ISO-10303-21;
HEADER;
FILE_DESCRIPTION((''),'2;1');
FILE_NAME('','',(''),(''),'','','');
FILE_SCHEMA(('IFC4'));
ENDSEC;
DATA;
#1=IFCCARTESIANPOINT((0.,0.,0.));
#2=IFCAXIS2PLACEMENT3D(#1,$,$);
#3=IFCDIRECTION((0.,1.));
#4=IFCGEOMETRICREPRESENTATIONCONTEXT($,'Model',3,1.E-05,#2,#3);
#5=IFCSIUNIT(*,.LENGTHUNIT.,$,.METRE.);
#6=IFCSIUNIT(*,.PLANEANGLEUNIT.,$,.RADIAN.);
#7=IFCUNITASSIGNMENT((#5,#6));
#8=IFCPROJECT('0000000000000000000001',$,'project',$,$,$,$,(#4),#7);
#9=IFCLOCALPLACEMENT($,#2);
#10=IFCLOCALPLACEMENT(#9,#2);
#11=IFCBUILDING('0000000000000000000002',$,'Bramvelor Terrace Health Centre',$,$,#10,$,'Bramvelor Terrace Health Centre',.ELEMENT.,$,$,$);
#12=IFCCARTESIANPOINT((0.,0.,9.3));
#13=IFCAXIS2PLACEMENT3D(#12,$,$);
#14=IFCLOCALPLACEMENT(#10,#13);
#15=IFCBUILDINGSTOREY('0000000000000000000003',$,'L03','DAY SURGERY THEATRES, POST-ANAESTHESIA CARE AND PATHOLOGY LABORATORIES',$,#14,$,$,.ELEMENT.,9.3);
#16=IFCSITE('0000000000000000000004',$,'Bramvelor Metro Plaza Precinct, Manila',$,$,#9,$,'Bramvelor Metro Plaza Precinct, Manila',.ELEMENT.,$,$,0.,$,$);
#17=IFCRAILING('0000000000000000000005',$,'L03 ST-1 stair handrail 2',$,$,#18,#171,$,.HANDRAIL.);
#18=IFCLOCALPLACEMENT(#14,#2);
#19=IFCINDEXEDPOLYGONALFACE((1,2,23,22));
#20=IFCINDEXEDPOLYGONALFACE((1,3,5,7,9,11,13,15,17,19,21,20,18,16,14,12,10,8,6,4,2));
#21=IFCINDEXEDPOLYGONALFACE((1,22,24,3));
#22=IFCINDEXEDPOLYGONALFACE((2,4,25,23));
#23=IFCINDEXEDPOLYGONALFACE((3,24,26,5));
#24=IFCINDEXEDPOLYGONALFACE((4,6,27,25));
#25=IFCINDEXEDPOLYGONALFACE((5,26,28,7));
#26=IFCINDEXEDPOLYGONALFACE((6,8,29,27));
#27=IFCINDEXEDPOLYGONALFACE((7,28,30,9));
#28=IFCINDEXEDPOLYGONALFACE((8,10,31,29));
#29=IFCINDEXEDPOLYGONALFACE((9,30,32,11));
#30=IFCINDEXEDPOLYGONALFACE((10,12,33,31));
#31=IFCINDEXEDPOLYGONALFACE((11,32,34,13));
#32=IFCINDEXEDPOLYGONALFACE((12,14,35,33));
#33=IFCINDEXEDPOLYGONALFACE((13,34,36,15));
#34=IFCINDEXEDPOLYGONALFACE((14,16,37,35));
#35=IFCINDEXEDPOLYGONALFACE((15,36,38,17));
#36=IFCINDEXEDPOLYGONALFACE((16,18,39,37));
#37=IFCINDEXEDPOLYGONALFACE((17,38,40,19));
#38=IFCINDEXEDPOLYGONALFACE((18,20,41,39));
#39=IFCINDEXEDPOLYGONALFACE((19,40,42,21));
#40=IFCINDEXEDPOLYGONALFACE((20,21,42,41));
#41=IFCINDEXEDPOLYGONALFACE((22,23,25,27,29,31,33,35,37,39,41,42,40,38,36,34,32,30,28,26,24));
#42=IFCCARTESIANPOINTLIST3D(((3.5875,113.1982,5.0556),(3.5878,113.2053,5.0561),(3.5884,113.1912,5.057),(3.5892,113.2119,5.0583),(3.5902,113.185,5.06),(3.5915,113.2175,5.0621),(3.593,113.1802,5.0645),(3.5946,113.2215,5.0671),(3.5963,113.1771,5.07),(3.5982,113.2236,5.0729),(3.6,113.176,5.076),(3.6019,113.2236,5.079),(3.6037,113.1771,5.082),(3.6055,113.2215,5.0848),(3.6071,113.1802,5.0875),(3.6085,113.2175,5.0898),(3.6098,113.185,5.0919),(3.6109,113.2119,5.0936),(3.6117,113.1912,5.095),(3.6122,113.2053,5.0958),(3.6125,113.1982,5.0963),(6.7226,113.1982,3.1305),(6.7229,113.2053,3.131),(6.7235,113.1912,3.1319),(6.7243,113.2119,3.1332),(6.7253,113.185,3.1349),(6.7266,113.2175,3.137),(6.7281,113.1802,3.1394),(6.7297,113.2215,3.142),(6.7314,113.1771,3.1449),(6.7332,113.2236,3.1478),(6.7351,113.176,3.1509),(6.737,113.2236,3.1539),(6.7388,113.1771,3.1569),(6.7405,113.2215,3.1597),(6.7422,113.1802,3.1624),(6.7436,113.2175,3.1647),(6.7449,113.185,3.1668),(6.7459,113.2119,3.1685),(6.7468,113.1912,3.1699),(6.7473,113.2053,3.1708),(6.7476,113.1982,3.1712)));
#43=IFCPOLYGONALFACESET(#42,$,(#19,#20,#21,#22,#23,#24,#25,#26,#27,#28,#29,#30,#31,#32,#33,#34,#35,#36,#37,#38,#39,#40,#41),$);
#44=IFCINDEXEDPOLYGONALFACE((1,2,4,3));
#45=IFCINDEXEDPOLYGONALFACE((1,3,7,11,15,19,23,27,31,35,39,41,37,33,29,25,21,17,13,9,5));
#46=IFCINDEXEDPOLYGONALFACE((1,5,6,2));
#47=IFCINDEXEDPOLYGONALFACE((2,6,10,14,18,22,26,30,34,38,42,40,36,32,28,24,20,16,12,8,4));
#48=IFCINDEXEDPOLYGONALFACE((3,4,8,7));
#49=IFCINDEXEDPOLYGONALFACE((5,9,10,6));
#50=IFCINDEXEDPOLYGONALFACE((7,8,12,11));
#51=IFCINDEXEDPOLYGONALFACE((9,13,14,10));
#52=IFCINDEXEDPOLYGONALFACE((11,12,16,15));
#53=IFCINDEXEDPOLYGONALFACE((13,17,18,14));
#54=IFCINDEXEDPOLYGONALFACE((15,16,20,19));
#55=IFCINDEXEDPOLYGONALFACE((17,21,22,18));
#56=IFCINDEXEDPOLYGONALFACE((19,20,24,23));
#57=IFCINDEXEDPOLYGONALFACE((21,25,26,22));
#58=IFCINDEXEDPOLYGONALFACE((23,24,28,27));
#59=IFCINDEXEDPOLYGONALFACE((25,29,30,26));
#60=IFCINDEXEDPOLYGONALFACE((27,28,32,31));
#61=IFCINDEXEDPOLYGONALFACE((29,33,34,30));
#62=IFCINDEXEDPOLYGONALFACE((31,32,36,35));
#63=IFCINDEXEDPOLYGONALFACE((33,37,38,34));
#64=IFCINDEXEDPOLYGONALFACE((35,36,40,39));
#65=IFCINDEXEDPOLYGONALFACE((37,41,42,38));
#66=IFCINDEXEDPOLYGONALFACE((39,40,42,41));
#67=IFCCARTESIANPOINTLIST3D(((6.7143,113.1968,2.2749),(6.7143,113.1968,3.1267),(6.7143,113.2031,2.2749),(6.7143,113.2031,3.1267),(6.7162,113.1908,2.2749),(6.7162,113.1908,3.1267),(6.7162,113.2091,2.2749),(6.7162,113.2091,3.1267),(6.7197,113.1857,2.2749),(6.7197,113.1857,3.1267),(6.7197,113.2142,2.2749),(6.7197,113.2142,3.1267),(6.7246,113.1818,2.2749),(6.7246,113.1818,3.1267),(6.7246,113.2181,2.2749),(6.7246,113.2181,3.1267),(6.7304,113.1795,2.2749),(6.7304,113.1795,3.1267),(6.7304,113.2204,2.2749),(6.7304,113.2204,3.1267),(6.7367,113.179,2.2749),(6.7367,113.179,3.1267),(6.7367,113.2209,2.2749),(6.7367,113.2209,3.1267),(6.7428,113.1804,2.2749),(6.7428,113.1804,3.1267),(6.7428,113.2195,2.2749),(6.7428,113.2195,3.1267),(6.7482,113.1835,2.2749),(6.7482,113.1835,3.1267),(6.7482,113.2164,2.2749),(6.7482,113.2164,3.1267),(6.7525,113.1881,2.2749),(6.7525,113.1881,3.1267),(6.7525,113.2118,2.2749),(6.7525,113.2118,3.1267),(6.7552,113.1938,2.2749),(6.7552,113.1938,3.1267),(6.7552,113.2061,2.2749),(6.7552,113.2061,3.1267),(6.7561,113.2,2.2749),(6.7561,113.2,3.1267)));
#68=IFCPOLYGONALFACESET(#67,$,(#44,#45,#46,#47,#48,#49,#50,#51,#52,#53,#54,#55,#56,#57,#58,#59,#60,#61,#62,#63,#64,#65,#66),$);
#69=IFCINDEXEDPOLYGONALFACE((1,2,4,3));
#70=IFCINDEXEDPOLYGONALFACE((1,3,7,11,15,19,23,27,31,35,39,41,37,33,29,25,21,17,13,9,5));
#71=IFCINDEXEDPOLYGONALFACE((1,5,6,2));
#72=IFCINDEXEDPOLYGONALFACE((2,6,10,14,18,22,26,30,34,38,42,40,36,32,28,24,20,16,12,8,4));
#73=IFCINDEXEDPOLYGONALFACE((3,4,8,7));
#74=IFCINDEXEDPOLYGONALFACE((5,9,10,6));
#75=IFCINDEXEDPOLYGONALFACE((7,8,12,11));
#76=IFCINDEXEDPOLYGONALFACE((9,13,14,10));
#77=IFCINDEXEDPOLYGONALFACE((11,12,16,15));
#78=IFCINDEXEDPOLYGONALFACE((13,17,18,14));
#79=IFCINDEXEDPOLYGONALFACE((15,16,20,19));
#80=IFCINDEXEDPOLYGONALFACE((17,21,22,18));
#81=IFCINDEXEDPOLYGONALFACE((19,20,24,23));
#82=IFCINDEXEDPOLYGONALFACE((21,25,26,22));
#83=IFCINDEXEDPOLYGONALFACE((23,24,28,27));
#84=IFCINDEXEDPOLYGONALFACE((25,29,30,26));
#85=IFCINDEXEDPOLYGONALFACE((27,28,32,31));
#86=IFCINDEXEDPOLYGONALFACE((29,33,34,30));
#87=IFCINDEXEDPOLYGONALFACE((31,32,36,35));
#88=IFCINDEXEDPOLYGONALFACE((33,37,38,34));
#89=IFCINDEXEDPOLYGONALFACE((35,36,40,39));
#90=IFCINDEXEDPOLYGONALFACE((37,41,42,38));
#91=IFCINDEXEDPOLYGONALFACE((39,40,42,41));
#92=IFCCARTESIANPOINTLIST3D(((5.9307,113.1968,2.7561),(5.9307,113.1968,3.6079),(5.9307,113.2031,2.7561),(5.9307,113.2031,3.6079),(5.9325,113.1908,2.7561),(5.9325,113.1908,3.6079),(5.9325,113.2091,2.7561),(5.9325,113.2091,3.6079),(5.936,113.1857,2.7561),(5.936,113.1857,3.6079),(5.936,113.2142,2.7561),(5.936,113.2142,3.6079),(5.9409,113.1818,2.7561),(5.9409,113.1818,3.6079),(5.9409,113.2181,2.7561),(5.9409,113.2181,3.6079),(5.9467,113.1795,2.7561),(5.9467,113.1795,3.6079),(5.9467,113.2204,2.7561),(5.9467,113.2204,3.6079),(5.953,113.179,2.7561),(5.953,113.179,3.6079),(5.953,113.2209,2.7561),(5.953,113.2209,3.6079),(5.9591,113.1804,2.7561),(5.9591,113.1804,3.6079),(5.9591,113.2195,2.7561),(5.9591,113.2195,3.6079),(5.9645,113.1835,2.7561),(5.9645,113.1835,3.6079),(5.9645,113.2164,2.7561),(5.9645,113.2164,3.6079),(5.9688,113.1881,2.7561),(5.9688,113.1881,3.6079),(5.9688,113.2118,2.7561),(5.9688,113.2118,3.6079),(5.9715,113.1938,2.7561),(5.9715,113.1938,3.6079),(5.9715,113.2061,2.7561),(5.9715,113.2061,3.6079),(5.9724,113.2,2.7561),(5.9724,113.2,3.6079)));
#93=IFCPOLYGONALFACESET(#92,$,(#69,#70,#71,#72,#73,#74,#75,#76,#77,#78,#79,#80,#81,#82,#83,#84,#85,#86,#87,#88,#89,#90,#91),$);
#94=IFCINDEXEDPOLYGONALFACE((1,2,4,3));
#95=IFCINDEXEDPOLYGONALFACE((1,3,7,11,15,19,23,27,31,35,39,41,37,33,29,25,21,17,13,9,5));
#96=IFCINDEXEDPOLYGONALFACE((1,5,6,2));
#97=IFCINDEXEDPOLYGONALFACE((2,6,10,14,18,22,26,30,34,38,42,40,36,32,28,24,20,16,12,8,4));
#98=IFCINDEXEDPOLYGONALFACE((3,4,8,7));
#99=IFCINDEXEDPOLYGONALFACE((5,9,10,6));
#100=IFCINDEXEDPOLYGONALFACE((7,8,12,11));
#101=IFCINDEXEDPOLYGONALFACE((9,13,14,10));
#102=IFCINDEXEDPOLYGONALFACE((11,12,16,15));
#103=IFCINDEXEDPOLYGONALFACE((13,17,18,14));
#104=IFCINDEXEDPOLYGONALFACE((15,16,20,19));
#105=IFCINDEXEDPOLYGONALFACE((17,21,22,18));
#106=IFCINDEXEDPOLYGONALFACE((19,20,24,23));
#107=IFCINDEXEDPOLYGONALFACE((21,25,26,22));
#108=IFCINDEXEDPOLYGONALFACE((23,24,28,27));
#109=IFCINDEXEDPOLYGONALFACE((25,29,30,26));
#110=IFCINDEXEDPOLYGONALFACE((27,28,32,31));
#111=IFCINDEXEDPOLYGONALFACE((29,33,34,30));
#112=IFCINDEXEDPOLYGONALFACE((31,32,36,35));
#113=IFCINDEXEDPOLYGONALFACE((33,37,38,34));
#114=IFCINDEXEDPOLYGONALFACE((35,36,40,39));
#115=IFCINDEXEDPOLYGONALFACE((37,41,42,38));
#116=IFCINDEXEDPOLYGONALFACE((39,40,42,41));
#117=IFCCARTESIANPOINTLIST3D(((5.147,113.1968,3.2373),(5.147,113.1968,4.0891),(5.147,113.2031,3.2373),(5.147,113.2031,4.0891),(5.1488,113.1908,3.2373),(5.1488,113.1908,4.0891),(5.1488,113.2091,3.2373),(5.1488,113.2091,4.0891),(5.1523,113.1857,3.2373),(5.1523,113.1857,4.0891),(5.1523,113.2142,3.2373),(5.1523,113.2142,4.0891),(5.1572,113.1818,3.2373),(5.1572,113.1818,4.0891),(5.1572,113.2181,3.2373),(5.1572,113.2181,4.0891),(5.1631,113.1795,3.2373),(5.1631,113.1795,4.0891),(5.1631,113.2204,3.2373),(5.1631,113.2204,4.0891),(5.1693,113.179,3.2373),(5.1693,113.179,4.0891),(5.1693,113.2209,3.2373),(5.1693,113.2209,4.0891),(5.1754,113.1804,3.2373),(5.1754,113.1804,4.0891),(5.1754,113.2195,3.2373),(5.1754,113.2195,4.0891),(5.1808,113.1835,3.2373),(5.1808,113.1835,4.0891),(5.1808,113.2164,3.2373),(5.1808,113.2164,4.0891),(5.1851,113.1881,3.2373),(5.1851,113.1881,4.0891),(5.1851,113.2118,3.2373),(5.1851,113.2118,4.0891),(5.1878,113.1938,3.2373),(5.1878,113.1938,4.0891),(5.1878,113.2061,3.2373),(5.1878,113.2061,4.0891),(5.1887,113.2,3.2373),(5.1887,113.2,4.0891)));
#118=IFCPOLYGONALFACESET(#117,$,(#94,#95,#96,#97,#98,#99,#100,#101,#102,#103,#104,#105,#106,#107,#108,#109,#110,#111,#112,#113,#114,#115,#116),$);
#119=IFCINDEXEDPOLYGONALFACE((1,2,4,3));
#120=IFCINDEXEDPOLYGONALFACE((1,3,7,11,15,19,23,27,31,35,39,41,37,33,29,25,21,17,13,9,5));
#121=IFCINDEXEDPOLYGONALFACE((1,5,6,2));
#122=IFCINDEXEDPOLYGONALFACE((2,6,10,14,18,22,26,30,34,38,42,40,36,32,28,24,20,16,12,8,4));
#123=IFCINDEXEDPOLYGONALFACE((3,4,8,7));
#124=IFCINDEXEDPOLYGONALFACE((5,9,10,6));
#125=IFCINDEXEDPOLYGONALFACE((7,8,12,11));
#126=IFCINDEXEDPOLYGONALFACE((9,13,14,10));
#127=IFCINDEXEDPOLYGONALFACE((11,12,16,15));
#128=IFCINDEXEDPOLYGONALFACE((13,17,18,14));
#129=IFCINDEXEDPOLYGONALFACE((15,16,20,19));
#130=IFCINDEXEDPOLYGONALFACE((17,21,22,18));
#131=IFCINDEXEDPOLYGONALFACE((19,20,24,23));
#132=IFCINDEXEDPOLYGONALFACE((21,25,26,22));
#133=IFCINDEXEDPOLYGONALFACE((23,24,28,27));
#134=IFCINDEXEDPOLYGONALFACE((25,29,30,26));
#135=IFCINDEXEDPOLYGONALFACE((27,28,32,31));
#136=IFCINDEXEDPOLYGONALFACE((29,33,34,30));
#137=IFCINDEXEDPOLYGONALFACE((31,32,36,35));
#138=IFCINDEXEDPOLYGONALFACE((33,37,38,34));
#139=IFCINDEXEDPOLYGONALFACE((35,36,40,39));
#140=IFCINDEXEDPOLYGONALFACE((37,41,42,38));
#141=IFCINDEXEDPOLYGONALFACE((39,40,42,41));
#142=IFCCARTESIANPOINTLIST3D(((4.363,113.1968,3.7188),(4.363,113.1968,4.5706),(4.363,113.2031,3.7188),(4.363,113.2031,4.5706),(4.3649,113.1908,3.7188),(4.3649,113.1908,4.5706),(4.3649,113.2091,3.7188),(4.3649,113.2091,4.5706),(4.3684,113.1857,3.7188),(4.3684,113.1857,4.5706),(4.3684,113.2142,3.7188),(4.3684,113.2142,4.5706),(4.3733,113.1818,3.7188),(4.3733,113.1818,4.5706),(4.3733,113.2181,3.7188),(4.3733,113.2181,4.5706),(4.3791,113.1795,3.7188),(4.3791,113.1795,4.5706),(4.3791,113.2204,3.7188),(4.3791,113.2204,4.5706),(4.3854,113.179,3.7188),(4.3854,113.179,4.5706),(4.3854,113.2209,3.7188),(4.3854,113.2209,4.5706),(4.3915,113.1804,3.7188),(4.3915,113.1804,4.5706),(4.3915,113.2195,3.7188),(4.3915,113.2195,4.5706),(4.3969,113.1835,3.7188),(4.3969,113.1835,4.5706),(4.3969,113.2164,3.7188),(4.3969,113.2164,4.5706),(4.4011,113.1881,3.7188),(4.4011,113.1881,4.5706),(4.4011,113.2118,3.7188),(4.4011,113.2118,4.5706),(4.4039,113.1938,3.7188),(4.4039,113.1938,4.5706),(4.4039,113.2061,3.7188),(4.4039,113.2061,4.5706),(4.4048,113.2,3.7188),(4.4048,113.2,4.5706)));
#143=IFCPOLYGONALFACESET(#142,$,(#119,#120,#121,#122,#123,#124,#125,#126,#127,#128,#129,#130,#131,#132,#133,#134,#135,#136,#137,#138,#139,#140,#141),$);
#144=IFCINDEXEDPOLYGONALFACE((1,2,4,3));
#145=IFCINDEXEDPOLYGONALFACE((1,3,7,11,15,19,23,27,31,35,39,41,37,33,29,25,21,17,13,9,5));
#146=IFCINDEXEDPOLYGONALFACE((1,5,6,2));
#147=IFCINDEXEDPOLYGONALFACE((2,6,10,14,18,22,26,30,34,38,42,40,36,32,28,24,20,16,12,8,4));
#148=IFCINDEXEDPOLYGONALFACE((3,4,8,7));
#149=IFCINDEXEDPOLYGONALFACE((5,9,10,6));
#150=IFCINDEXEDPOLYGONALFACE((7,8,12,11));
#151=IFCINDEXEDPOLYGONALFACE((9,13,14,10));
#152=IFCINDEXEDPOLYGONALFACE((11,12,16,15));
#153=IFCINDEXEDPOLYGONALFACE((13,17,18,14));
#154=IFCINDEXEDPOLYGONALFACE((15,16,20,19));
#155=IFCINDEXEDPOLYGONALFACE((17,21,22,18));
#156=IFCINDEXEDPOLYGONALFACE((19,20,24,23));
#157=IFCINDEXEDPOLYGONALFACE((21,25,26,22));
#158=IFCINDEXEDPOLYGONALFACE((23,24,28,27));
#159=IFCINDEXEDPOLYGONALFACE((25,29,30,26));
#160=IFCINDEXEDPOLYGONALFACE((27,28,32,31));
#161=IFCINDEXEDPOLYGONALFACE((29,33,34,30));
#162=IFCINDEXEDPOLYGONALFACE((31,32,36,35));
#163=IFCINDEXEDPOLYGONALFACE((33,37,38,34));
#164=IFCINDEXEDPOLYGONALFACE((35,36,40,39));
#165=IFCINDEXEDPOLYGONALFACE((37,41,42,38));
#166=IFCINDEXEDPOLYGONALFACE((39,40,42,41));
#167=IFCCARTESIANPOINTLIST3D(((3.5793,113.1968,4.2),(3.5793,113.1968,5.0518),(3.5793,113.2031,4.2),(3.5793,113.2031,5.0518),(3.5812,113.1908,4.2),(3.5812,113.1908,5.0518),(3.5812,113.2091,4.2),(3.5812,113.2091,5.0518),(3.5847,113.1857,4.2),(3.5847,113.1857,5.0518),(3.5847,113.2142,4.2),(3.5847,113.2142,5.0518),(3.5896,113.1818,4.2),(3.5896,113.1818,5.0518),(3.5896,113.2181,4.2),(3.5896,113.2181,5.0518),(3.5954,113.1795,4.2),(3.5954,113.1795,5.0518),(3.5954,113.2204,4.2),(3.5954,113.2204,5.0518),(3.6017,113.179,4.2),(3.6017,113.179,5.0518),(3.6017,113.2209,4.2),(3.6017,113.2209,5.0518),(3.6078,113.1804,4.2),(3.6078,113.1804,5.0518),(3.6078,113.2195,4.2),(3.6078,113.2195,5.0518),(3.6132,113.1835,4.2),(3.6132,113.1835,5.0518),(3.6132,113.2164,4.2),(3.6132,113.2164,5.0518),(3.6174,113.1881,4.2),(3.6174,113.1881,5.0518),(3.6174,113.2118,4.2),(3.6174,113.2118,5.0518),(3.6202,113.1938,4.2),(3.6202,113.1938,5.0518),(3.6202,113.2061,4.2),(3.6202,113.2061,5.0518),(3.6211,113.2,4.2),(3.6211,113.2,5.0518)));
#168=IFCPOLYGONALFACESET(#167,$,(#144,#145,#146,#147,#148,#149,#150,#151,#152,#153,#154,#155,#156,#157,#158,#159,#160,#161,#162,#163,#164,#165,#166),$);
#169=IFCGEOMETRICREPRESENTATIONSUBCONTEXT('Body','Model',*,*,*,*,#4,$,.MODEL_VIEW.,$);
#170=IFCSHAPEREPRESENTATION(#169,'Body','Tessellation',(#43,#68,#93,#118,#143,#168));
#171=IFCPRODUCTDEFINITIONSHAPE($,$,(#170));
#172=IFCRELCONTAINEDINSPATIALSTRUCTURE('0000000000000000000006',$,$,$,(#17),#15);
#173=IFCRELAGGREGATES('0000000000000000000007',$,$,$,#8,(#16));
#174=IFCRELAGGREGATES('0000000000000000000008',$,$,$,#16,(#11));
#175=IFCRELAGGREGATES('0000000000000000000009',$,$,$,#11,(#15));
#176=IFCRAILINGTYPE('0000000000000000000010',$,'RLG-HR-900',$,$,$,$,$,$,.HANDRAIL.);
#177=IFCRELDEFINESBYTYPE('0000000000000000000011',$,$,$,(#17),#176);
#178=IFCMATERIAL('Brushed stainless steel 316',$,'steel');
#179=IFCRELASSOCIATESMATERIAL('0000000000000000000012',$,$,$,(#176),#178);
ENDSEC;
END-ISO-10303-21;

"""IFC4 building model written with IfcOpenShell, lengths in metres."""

from ifc_helpers import new_model, si_unit, direction, frame, origin, origin_2d, place, context, subcontext, project, spatial, circle, extrude, material, type_object, element, save


model = new_model("IFC4")

# Units and contexts
model_context = context("Model", 3, precision=1e-05, world=origin(), true_north=direction((0.0, 1.0)))
body_context = subcontext(model_context, "Body", "Model", "MODEL_VIEW")
ifc_project = project(units=[si_unit("LENGTHUNIT", "METRE"), si_unit("PLANEANGLEUNIT", "RADIAN")], contexts=[model_context])

# Site, building, storey
site_placement = place(None, origin())
site = spatial("IfcSite", under=ifc_project, at=site_placement, Name="Bramvelor Metro Plaza Precinct, Manila", LongName="Bramvelor Metro Plaza Precinct, Manila", CompositionType="ELEMENT", RefElevation=0.0)
building_placement = place(site_placement, origin())
building = spatial("IfcBuilding", under=site, at=building_placement, Name="Bramvelor Terrace Health Centre", LongName="Bramvelor Terrace Health Centre", CompositionType="ELEMENT")
storey_placement = place(building_placement, frame((0.0, 0.0, 9.3)))
storey = spatial("IfcBuildingStorey", under=building, at=storey_placement, Name="L03", Description="DAY SURGERY THEATRES, POST-ANAESTHESIA CARE AND PATHOLOGY LABORATORIES", CompositionType="ELEMENT", Elevation=9.3)

# Railing
ifc_material_1 = material(Name="Brushed stainless steel 316", Category="steel")
railing_type_1 = type_object("IfcRailingType", Name="RLG-HR-900", PredefinedType="HANDRAIL", material=ifc_material_1)
railing_1_placement = place(storey_placement, frame((6.7351, 113.2, 2.2749)))
element("IfcRailing", 1, at=railing_1_placement, inside=storey, type_object=railing_type_1, Name="L03 ST-1 stair handrail 2", PredefinedType="HANDRAIL", context=body_context, shape_type="SweptSolid", body=[
    extrude(circle(Radius=0.0239, at=origin_2d()), frame((0.0, 0.0, 0.876), z_axis=(-0.852166, 0.0, 0.523271), x_axis=(0.0, -1.0, 0.0)), (0.0, 0.0, 1.0), 3.679),
    extrude(circle(Radius=0.021, at=origin_2d()), origin(), (0.0, 0.0, 1.0), 0.8518),
    extrude(circle(Radius=0.021, at=origin_2d()), frame((-0.7837, 0.0, 0.4812)), (0.0, 0.0, 1.0), 0.8518),
    extrude(circle(Radius=0.021, at=origin_2d()), frame((-1.5674, 0.0, 0.9624)), (0.0, 0.0, 1.0), 0.8518),
    extrude(circle(Radius=0.021, at=origin_2d()), frame((-2.3513, 0.0, 1.4438)), (0.0, 0.0, 1.0), 0.8518),
    extrude(circle(Radius=0.021, at=origin_2d()), frame((-3.135, 0.0, 1.925)), (0.0, 0.0, 1.0), 0.8518),
])

save(model, "model.ifc")
